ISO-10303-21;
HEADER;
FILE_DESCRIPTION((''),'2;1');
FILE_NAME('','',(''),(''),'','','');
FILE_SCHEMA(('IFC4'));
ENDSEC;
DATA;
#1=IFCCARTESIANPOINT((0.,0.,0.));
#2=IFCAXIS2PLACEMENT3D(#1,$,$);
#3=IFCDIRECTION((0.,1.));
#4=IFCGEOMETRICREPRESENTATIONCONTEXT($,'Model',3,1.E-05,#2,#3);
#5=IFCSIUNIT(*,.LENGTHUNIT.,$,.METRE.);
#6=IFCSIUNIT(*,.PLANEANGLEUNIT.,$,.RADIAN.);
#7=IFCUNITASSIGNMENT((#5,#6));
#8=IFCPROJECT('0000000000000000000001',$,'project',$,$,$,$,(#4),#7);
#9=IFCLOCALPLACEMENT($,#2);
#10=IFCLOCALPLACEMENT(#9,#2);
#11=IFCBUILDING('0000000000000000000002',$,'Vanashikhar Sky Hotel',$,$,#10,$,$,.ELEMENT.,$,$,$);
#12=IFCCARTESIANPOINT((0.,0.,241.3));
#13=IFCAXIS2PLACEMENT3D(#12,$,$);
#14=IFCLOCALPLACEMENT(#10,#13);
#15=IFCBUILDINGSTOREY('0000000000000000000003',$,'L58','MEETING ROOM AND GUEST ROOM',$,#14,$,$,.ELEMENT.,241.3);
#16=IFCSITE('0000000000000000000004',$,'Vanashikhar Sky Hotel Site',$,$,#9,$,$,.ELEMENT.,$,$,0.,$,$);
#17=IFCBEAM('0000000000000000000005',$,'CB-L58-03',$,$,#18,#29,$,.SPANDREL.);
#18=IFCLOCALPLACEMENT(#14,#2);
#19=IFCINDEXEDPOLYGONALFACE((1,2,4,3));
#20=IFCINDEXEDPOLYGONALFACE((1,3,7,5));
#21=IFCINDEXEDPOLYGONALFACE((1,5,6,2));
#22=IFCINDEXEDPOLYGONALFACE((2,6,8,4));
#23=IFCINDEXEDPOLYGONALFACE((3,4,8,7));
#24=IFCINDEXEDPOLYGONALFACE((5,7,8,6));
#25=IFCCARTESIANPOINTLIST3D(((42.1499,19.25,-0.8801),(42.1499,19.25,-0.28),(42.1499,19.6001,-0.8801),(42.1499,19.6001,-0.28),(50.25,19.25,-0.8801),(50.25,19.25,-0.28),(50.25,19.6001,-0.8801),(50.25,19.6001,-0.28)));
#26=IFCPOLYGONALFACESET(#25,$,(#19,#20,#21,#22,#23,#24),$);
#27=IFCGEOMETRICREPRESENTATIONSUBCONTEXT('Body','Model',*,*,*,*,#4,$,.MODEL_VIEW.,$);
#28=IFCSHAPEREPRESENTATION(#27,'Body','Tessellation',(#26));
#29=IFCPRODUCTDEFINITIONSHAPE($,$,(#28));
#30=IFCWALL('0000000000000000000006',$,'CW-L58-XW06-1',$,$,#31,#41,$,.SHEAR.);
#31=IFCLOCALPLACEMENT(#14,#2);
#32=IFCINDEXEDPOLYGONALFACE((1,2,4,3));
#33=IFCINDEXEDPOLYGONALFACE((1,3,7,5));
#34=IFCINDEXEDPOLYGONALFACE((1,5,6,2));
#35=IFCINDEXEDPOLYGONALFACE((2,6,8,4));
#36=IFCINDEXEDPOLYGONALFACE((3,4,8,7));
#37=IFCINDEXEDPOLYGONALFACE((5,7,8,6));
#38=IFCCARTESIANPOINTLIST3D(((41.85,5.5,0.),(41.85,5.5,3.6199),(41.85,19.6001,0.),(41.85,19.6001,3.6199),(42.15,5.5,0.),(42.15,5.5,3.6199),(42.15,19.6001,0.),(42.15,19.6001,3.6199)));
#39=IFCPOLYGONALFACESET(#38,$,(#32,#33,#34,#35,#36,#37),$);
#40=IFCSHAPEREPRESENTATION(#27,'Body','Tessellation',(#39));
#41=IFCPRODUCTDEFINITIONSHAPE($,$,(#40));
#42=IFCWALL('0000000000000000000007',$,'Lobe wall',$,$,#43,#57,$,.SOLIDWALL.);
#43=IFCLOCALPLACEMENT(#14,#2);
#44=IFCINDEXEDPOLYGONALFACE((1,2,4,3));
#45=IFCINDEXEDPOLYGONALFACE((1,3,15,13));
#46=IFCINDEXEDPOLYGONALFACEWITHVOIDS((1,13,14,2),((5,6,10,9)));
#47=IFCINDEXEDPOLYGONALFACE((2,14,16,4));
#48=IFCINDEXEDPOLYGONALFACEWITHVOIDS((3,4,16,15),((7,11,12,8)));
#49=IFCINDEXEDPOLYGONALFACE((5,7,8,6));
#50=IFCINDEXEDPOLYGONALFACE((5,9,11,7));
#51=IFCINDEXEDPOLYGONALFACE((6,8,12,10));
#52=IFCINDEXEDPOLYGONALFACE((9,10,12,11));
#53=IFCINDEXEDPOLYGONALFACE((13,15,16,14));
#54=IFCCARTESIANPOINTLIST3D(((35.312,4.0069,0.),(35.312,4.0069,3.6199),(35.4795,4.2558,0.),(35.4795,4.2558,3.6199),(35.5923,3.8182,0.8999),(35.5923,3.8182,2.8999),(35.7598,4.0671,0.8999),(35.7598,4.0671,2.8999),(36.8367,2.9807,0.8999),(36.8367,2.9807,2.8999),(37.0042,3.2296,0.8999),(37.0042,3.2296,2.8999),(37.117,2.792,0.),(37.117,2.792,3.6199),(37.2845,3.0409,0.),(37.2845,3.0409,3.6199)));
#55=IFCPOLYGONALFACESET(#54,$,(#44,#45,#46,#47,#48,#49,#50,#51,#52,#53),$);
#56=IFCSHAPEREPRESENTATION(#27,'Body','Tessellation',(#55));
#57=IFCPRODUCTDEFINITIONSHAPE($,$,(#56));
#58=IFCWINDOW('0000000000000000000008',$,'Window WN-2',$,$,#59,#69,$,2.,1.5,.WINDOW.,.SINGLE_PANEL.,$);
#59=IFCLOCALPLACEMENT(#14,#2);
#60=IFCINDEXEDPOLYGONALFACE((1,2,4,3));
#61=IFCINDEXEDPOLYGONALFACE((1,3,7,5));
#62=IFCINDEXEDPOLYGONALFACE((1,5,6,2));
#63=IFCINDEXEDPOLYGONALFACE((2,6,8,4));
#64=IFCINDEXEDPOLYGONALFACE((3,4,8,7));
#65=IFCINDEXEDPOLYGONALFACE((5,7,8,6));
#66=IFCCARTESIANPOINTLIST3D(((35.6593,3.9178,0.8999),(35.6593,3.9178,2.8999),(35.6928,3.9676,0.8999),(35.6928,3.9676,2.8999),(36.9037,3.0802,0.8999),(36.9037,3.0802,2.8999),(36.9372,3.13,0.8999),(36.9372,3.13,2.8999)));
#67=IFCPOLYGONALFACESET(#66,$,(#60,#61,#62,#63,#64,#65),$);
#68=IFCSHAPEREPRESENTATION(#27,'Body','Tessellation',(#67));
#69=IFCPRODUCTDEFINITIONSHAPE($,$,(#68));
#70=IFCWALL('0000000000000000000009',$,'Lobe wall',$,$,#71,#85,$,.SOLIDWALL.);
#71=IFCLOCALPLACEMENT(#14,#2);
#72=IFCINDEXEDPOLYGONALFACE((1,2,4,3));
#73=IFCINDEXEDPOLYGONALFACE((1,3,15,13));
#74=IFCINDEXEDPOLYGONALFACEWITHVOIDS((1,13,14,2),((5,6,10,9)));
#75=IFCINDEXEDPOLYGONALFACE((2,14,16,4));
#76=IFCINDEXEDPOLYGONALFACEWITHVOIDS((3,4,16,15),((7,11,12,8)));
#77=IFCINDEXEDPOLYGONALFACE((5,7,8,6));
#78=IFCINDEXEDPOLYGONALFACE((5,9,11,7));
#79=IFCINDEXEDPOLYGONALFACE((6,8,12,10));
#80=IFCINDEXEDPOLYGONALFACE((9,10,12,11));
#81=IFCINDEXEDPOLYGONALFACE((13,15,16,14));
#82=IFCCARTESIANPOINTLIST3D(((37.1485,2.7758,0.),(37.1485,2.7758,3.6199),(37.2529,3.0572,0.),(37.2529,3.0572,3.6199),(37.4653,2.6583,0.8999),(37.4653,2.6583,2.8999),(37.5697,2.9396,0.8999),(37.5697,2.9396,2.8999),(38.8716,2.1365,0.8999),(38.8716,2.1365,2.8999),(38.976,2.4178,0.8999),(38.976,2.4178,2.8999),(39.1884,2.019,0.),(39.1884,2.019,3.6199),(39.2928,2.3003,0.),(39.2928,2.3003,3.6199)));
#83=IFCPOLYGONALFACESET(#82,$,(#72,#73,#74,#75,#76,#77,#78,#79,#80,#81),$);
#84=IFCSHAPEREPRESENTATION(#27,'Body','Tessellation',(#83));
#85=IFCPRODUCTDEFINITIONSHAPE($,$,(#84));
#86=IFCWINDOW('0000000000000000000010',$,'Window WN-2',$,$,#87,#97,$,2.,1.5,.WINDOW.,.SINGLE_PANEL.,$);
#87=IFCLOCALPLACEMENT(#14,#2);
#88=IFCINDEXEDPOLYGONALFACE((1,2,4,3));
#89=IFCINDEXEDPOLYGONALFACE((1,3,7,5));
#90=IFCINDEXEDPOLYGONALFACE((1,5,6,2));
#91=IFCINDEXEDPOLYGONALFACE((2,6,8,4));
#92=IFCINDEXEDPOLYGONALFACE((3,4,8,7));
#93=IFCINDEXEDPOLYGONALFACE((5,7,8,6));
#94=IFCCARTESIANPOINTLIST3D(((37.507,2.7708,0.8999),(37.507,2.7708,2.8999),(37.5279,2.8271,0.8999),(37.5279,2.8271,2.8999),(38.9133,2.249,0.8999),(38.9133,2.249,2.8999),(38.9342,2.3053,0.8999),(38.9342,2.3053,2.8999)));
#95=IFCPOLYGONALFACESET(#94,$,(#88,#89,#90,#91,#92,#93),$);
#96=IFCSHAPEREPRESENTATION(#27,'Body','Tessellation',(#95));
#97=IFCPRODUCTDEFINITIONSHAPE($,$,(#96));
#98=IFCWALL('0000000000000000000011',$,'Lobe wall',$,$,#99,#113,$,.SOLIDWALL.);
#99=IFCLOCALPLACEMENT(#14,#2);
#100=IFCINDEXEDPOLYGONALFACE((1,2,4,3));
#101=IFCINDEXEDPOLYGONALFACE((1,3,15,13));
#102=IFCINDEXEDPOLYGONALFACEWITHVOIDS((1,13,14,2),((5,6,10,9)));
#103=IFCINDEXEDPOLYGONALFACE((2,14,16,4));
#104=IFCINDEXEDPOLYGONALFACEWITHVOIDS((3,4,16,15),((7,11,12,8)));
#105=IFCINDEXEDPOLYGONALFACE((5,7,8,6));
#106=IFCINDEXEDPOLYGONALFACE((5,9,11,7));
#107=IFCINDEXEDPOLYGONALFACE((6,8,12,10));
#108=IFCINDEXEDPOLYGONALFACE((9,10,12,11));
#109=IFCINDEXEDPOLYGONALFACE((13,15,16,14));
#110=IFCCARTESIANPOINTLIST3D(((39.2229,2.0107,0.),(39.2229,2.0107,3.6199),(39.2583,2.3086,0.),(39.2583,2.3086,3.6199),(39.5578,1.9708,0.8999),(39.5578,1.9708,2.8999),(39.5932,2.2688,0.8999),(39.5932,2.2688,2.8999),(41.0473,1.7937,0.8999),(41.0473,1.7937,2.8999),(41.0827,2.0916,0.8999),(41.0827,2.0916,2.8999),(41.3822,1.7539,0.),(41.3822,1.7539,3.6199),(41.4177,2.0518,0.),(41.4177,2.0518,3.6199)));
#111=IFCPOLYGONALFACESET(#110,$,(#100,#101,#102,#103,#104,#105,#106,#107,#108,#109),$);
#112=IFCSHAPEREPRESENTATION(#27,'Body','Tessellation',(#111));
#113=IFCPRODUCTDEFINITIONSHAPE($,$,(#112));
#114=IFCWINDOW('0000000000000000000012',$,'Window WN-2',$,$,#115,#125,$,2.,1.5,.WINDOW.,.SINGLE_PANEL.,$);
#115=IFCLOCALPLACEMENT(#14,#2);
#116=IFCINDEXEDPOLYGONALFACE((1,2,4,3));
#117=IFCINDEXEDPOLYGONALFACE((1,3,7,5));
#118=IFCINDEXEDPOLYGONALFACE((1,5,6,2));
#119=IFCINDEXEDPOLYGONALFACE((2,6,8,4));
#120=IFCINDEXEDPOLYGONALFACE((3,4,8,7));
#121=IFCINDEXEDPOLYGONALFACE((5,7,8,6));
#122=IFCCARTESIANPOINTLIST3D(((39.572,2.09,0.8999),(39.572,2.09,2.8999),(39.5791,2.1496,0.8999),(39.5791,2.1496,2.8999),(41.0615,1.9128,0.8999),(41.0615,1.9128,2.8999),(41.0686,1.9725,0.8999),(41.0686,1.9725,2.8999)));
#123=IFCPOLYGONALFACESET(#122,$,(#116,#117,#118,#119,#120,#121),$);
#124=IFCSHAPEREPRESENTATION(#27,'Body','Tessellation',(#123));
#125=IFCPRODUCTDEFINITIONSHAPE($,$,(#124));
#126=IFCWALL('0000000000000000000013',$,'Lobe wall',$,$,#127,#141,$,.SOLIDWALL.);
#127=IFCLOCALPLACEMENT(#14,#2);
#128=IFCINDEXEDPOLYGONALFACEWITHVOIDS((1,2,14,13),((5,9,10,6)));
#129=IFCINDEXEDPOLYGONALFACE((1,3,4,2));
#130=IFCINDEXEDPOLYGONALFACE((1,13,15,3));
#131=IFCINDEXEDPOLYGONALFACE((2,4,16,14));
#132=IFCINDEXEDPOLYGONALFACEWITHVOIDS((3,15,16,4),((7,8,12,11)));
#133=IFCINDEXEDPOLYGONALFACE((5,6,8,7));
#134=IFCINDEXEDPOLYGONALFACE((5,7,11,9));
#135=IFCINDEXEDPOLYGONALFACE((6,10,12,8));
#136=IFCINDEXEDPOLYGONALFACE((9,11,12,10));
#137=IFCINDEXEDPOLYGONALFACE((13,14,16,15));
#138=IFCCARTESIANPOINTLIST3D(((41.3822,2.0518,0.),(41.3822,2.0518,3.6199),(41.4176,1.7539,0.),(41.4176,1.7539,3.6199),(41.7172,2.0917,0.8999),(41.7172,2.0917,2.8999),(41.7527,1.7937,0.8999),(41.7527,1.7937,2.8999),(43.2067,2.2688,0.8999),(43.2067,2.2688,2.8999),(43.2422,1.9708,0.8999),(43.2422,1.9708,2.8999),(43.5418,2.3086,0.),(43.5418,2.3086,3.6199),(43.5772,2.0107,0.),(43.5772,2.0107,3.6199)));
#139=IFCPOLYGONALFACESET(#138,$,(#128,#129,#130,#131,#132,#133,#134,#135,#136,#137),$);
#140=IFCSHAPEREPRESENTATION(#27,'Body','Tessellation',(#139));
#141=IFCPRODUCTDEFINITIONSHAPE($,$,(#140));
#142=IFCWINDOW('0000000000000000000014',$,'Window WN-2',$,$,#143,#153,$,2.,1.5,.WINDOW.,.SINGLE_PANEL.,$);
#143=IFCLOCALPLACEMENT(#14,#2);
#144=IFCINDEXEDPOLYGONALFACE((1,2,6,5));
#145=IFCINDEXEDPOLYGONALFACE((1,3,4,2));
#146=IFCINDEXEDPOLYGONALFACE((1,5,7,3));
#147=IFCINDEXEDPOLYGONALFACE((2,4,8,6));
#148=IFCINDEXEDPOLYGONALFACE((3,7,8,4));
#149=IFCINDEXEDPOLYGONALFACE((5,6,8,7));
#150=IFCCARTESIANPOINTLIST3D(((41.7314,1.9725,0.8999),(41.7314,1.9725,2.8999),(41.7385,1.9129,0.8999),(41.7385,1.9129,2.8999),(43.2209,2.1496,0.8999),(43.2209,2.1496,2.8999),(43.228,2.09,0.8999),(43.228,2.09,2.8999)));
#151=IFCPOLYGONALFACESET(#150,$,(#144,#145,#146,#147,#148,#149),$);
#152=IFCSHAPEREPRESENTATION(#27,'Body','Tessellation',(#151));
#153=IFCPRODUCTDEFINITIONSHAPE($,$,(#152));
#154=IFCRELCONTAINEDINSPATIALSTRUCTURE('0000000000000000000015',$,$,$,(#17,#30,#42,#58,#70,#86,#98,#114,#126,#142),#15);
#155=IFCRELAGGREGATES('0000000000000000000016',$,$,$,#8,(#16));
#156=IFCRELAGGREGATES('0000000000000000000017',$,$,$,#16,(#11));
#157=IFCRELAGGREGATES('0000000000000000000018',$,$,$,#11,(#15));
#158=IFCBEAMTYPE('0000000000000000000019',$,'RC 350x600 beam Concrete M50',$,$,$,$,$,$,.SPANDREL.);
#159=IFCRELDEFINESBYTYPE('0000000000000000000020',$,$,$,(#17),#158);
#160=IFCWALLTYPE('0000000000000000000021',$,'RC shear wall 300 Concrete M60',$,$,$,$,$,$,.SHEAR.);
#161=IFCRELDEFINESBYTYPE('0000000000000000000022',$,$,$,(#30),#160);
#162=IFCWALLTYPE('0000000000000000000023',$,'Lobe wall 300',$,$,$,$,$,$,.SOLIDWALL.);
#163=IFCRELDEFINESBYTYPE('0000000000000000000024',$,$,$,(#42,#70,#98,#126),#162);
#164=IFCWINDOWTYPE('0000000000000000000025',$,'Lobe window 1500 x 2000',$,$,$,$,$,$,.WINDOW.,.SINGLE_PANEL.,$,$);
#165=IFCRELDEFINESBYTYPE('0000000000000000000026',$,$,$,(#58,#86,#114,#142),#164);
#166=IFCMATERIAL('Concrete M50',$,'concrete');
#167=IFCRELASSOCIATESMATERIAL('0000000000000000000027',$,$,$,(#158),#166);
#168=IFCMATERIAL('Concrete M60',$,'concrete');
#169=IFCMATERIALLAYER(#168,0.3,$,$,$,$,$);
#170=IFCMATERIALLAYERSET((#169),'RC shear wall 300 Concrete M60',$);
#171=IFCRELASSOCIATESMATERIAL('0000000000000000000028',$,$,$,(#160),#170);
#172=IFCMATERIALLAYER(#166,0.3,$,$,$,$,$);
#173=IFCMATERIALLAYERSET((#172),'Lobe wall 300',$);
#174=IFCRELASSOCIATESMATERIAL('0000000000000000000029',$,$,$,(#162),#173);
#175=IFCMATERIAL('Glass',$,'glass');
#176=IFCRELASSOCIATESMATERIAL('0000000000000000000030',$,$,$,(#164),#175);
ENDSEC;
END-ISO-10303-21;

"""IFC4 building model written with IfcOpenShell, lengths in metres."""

from ifc_helpers import new_model, si_unit, direction, frame, frame_2d, origin, origin_2d, place, context, subcontext, project, spatial, rectangle, extrude, source, transform, mapped, material, layer, layer_set, material_profile, profile_set, type_object, element, fill, save


model = new_model("IFC4")

# Units and contexts
model_context = context("Model", 3, precision=1e-05, world=origin(), true_north=direction((0.0, 1.0)))
body_context = subcontext(model_context, "Body", "Model", "MODEL_VIEW")
ifc_project = project(units=[si_unit("LENGTHUNIT", "METRE"), si_unit("PLANEANGLEUNIT", "RADIAN")], contexts=[model_context])

# Site, building, storey
site_placement = place(None, origin())
site = spatial("IfcSite", under=ifc_project, at=site_placement, Name="Vanashikhar Sky Hotel Site", CompositionType="ELEMENT", RefElevation=0.0)
building_placement = place(site_placement, origin())
building = spatial("IfcBuilding", under=site, at=building_placement, Name="Vanashikhar Sky Hotel", CompositionType="ELEMENT")
storey_placement = place(building_placement, frame((0.0, 0.0, 241.3)))
storey = spatial("IfcBuildingStorey", under=building, at=storey_placement, Name="L58", Description="MEETING ROOM AND GUEST ROOM", CompositionType="ELEMENT", Elevation=241.3)

# Beam
ifc_material_1 = material(Name="Concrete M50", Category="concrete")
ifc_material_profile_1 = material_profile(ifc_material_1, rectangle(XDim=0.3501, YDim=0.6001, at=origin_2d()))
ifc_profile_set_1 = profile_set([ifc_material_profile_1], Name="RC 350x600 beam Concrete M50")
beam_type = type_object("IfcBeamType", Name="RC 350x600 beam Concrete M50", PredefinedType="SPANDREL", material=ifc_profile_set_1)
shared_shape_1 = source(origin(), body_context, "Body", "SweptSolid", [
    extrude(rectangle(XDim=0.3501, YDim=0.6001, at=origin_2d()), origin(), (0.0, 0.0, 1.0), 8.1001),
])
beam_placement = place(storey_placement, frame((42.1499, 19.425, -0.5801), z_axis=(1.0, 0.0, 0.0), x_axis=(0.0, 1.0, 0.0)))
element("IfcBeam", 1, at=beam_placement, inside=storey, type_object=beam_type, Name="CB-L58-03", PredefinedType="SPANDREL", context=body_context, shape_type="MappedRepresentation", body=[
    mapped(shared_shape_1, transform((0.0, 0.0, 0.0), scale=1.0)),
])

# Wall
ifc_material_2 = material(Name="Concrete M60", Category="concrete")
ifc_layer_1 = layer(ifc_material_2, 0.3)
ifc_layer_set_1 = layer_set([ifc_layer_1], Name="RC shear wall 300 Concrete M60")
wall_type_1 = type_object("IfcWallType", Name="RC shear wall 300 Concrete M60", PredefinedType="SHEAR", material=ifc_layer_set_1)
shared_shape_2 = source(origin(), body_context, "Body", "SweptSolid", [
    extrude(rectangle(XDim=14.1001, YDim=0.3, at=frame_2d((7.05, 0.0))), origin(), (0.0, 0.0, 1.0), 3.6199),
])
wall_1_placement = place(storey_placement, frame((42.0, 5.5, 0.0), z_axis=(0.0, 0.0, 1.0), x_axis=(0.0, 1.0, 0.0)))
element("IfcWall", 2, at=wall_1_placement, inside=storey, type_object=wall_type_1, Name="CW-L58-XW06-1", PredefinedType="SHEAR", context=body_context, shape_type="MappedRepresentation", body=[
    mapped(shared_shape_2, transform((0.0, 0.0, 0.0), scale=1.0)),
])

# Walls, openings, windows
ifc_layer_2 = layer(ifc_material_1, 0.3)
ifc_layer_set_2 = layer_set([ifc_layer_2], Name="Lobe wall 300")
wall_type_2 = type_object("IfcWallType", Name="Lobe wall 300", PredefinedType="SOLIDWALL", material=ifc_layer_set_2)
shared_shape_3 = source(origin(), body_context, "Body", "SweptSolid", [
    extrude(rectangle(XDim=2.1758, YDim=0.3, at=frame_2d((1.0879, 0.0))), origin(), (0.0, 0.0, 1.0), 3.6199),
])
wall_2_placement = place(storey_placement, frame((35.3958, 4.1313, 0.0), z_axis=(0.0, 0.0, 1.0), x_axis=(0.829591, -0.558372, 0.0)))
wall_2 = element("IfcWall", 3, at=wall_2_placement, inside=storey, type_object=wall_type_2, Name="Lobe wall", PredefinedType="SOLIDWALL", context=body_context, shape_type="MappedRepresentation", body=[
    mapped(shared_shape_3, transform((0.0, 0.0, 0.0), scale=1.0)),
])
shared_shape_4 = source(origin(), body_context, "Body", "SweptSolid", [
    extrude(rectangle(XDim=1.5, YDim=2.0, at=frame_2d((0.75, 1.0))), frame((0.0, 0.1602, 0.0), z_axis=(0.0, -1.0, 0.0), x_axis=(1.0, 0.0, 0.0)), (0.0, 0.0, 1.0), 0.3201),
])
opening_1_placement = place(wall_2_placement, frame((0.3379, 0.0, 0.8999)))
opening_1 = element("IfcOpeningElement", 4, at=opening_1_placement, cuts=wall_2, PredefinedType="OPENING", context=body_context, shape_type="MappedRepresentation", body=[
    mapped(shared_shape_4, transform((0.0, 0.0, 0.0), scale=1.0)),
])
ifc_material_3 = material(Name="Glass", Category="glass")
window_type = type_object("IfcWindowType", Name="Lobe window 1500 x 2000", PartitioningType="SINGLE_PANEL", PredefinedType="WINDOW", material=ifc_material_3)
shared_shape_5 = source(origin(), body_context, "Body", "SweptSolid", [
    extrude(rectangle(XDim=1.5, YDim=2.0, at=frame_2d((0.75, 1.0))), frame((0.0, 0.03, 0.0), z_axis=(0.0, -1.0, 0.0), x_axis=(1.0, 0.0, 0.0)), (0.0, 0.0, 1.0), 0.0601),
])
window_1_placement = place(opening_1_placement, origin())
window_1 = element("IfcWindow", 5, at=window_1_placement, inside=storey, type_object=window_type, Name="Window WN-2", OverallHeight=2.0, OverallWidth=1.5, PartitioningType="SINGLE_PANEL", PredefinedType="WINDOW", context=body_context, shape_type="MappedRepresentation", body=[
    mapped(shared_shape_5, transform((0.0, 0.0, 0.0), scale=1.0)),
])
fill(opening_1, window_1)
wall_3_placement = place(storey_placement, frame((37.2007, 2.9165, 0.0), z_axis=(0.0, 0.0, 1.0), x_axis=(0.937546, -0.347863, 0.0)))
wall_3 = element("IfcWall", 6, at=wall_3_placement, inside=storey, type_object=wall_type_2, Name="Lobe wall", PredefinedType="SOLIDWALL", context=body_context, shape_type="MappedRepresentation", body=[
    mapped(shared_shape_3, transform((0.0, 0.0, 0.0), scale=1.0)),
])
opening_2_placement = place(wall_3_placement, frame((0.3379, 0.0, 0.8999)))
opening_2 = element("IfcOpeningElement", 7, at=opening_2_placement, cuts=wall_3, PredefinedType="OPENING", context=body_context, shape_type="MappedRepresentation", body=[
    mapped(shared_shape_4, transform((0.0, 0.0, 0.0), scale=1.0)),
])
window_2_placement = place(opening_2_placement, origin())
window_2 = element("IfcWindow", 8, at=window_2_placement, inside=storey, type_object=window_type, Name="Window WN-2", OverallHeight=2.0, OverallWidth=1.5, PartitioningType="SINGLE_PANEL", PredefinedType="WINDOW", context=body_context, shape_type="MappedRepresentation", body=[
    mapped(shared_shape_5, transform((0.0, 0.0, 0.0), scale=1.0)),
])
fill(opening_2, window_2)
shared_shape_6 = source(origin(), body_context, "Body", "SweptSolid", [
    extrude(rectangle(XDim=2.1746, YDim=0.3, at=frame_2d((1.0874, 0.0))), origin(), (0.0, 0.0, 1.0), 3.6199),
])
wall_4_placement = place(storey_placement, frame((39.2405, 2.1597, 0.0), z_axis=(0.0, 0.0, 1.0), x_axis=(0.993001, -0.118105, 0.0)))
wall_4 = element("IfcWall", 9, at=wall_4_placement, inside=storey, type_object=wall_type_2, Name="Lobe wall", PredefinedType="SOLIDWALL", context=body_context, shape_type="MappedRepresentation", body=[
    mapped(shared_shape_6, transform((0.0, 0.0, 0.0), scale=1.0)),
])
opening_3_placement = place(wall_4_placement, frame((0.3374, 0.0, 0.8999)))
opening_3 = element("IfcOpeningElement", 10, at=opening_3_placement, cuts=wall_4, PredefinedType="OPENING", context=body_context, shape_type="MappedRepresentation", body=[
    mapped(shared_shape_4, transform((0.0, 0.0, 0.0), scale=1.0)),
])
window_3_placement = place(opening_3_placement, origin())
window_3 = element("IfcWindow", 11, at=window_3_placement, inside=storey, type_object=window_type, Name="Window WN-2", OverallHeight=2.0, OverallWidth=1.5, PartitioningType="SINGLE_PANEL", PredefinedType="WINDOW", context=body_context, shape_type="MappedRepresentation", body=[
    mapped(shared_shape_5, transform((0.0, 0.0, 0.0), scale=1.0)),
])
fill(opening_3, window_3)
shared_shape_7 = source(origin(), body_context, "Body", "SweptSolid", [
    extrude(rectangle(XDim=2.1748, YDim=0.3, at=frame_2d((1.0874, 0.0))), origin(), (0.0, 0.0, 1.0), 3.6199),
])
wall_5_placement = place(storey_placement, frame((41.3999, 1.9028, 0.0), z_axis=(0.0, 0.0, 1.0), x_axis=(0.993003, 0.118092, 0.0)))
wall_5 = element("IfcWall", 12, at=wall_5_placement, inside=storey, type_object=wall_type_2, Name="Lobe wall", PredefinedType="SOLIDWALL", context=body_context, shape_type="MappedRepresentation", body=[
    mapped(shared_shape_7, transform((0.0, 0.0, 0.0), scale=1.0)),
])
opening_4_placement = place(wall_5_placement, frame((0.3374, 0.0, 0.8999)))
opening_4 = element("IfcOpeningElement", 13, at=opening_4_placement, cuts=wall_5, PredefinedType="OPENING", context=body_context, shape_type="MappedRepresentation", body=[
    mapped(shared_shape_4, transform((0.0, 0.0, 0.0), scale=1.0)),
])
window_4_placement = place(opening_4_placement, origin())
window_4 = element("IfcWindow", 14, at=window_4_placement, inside=storey, type_object=window_type, Name="Window WN-2", OverallHeight=2.0, OverallWidth=1.5, PartitioningType="SINGLE_PANEL", PredefinedType="WINDOW", context=body_context, shape_type="MappedRepresentation", body=[
    mapped(shared_shape_5, transform((0.0, 0.0, 0.0), scale=1.0)),
])
fill(opening_4, window_4)

save(model, "model.ifc")
